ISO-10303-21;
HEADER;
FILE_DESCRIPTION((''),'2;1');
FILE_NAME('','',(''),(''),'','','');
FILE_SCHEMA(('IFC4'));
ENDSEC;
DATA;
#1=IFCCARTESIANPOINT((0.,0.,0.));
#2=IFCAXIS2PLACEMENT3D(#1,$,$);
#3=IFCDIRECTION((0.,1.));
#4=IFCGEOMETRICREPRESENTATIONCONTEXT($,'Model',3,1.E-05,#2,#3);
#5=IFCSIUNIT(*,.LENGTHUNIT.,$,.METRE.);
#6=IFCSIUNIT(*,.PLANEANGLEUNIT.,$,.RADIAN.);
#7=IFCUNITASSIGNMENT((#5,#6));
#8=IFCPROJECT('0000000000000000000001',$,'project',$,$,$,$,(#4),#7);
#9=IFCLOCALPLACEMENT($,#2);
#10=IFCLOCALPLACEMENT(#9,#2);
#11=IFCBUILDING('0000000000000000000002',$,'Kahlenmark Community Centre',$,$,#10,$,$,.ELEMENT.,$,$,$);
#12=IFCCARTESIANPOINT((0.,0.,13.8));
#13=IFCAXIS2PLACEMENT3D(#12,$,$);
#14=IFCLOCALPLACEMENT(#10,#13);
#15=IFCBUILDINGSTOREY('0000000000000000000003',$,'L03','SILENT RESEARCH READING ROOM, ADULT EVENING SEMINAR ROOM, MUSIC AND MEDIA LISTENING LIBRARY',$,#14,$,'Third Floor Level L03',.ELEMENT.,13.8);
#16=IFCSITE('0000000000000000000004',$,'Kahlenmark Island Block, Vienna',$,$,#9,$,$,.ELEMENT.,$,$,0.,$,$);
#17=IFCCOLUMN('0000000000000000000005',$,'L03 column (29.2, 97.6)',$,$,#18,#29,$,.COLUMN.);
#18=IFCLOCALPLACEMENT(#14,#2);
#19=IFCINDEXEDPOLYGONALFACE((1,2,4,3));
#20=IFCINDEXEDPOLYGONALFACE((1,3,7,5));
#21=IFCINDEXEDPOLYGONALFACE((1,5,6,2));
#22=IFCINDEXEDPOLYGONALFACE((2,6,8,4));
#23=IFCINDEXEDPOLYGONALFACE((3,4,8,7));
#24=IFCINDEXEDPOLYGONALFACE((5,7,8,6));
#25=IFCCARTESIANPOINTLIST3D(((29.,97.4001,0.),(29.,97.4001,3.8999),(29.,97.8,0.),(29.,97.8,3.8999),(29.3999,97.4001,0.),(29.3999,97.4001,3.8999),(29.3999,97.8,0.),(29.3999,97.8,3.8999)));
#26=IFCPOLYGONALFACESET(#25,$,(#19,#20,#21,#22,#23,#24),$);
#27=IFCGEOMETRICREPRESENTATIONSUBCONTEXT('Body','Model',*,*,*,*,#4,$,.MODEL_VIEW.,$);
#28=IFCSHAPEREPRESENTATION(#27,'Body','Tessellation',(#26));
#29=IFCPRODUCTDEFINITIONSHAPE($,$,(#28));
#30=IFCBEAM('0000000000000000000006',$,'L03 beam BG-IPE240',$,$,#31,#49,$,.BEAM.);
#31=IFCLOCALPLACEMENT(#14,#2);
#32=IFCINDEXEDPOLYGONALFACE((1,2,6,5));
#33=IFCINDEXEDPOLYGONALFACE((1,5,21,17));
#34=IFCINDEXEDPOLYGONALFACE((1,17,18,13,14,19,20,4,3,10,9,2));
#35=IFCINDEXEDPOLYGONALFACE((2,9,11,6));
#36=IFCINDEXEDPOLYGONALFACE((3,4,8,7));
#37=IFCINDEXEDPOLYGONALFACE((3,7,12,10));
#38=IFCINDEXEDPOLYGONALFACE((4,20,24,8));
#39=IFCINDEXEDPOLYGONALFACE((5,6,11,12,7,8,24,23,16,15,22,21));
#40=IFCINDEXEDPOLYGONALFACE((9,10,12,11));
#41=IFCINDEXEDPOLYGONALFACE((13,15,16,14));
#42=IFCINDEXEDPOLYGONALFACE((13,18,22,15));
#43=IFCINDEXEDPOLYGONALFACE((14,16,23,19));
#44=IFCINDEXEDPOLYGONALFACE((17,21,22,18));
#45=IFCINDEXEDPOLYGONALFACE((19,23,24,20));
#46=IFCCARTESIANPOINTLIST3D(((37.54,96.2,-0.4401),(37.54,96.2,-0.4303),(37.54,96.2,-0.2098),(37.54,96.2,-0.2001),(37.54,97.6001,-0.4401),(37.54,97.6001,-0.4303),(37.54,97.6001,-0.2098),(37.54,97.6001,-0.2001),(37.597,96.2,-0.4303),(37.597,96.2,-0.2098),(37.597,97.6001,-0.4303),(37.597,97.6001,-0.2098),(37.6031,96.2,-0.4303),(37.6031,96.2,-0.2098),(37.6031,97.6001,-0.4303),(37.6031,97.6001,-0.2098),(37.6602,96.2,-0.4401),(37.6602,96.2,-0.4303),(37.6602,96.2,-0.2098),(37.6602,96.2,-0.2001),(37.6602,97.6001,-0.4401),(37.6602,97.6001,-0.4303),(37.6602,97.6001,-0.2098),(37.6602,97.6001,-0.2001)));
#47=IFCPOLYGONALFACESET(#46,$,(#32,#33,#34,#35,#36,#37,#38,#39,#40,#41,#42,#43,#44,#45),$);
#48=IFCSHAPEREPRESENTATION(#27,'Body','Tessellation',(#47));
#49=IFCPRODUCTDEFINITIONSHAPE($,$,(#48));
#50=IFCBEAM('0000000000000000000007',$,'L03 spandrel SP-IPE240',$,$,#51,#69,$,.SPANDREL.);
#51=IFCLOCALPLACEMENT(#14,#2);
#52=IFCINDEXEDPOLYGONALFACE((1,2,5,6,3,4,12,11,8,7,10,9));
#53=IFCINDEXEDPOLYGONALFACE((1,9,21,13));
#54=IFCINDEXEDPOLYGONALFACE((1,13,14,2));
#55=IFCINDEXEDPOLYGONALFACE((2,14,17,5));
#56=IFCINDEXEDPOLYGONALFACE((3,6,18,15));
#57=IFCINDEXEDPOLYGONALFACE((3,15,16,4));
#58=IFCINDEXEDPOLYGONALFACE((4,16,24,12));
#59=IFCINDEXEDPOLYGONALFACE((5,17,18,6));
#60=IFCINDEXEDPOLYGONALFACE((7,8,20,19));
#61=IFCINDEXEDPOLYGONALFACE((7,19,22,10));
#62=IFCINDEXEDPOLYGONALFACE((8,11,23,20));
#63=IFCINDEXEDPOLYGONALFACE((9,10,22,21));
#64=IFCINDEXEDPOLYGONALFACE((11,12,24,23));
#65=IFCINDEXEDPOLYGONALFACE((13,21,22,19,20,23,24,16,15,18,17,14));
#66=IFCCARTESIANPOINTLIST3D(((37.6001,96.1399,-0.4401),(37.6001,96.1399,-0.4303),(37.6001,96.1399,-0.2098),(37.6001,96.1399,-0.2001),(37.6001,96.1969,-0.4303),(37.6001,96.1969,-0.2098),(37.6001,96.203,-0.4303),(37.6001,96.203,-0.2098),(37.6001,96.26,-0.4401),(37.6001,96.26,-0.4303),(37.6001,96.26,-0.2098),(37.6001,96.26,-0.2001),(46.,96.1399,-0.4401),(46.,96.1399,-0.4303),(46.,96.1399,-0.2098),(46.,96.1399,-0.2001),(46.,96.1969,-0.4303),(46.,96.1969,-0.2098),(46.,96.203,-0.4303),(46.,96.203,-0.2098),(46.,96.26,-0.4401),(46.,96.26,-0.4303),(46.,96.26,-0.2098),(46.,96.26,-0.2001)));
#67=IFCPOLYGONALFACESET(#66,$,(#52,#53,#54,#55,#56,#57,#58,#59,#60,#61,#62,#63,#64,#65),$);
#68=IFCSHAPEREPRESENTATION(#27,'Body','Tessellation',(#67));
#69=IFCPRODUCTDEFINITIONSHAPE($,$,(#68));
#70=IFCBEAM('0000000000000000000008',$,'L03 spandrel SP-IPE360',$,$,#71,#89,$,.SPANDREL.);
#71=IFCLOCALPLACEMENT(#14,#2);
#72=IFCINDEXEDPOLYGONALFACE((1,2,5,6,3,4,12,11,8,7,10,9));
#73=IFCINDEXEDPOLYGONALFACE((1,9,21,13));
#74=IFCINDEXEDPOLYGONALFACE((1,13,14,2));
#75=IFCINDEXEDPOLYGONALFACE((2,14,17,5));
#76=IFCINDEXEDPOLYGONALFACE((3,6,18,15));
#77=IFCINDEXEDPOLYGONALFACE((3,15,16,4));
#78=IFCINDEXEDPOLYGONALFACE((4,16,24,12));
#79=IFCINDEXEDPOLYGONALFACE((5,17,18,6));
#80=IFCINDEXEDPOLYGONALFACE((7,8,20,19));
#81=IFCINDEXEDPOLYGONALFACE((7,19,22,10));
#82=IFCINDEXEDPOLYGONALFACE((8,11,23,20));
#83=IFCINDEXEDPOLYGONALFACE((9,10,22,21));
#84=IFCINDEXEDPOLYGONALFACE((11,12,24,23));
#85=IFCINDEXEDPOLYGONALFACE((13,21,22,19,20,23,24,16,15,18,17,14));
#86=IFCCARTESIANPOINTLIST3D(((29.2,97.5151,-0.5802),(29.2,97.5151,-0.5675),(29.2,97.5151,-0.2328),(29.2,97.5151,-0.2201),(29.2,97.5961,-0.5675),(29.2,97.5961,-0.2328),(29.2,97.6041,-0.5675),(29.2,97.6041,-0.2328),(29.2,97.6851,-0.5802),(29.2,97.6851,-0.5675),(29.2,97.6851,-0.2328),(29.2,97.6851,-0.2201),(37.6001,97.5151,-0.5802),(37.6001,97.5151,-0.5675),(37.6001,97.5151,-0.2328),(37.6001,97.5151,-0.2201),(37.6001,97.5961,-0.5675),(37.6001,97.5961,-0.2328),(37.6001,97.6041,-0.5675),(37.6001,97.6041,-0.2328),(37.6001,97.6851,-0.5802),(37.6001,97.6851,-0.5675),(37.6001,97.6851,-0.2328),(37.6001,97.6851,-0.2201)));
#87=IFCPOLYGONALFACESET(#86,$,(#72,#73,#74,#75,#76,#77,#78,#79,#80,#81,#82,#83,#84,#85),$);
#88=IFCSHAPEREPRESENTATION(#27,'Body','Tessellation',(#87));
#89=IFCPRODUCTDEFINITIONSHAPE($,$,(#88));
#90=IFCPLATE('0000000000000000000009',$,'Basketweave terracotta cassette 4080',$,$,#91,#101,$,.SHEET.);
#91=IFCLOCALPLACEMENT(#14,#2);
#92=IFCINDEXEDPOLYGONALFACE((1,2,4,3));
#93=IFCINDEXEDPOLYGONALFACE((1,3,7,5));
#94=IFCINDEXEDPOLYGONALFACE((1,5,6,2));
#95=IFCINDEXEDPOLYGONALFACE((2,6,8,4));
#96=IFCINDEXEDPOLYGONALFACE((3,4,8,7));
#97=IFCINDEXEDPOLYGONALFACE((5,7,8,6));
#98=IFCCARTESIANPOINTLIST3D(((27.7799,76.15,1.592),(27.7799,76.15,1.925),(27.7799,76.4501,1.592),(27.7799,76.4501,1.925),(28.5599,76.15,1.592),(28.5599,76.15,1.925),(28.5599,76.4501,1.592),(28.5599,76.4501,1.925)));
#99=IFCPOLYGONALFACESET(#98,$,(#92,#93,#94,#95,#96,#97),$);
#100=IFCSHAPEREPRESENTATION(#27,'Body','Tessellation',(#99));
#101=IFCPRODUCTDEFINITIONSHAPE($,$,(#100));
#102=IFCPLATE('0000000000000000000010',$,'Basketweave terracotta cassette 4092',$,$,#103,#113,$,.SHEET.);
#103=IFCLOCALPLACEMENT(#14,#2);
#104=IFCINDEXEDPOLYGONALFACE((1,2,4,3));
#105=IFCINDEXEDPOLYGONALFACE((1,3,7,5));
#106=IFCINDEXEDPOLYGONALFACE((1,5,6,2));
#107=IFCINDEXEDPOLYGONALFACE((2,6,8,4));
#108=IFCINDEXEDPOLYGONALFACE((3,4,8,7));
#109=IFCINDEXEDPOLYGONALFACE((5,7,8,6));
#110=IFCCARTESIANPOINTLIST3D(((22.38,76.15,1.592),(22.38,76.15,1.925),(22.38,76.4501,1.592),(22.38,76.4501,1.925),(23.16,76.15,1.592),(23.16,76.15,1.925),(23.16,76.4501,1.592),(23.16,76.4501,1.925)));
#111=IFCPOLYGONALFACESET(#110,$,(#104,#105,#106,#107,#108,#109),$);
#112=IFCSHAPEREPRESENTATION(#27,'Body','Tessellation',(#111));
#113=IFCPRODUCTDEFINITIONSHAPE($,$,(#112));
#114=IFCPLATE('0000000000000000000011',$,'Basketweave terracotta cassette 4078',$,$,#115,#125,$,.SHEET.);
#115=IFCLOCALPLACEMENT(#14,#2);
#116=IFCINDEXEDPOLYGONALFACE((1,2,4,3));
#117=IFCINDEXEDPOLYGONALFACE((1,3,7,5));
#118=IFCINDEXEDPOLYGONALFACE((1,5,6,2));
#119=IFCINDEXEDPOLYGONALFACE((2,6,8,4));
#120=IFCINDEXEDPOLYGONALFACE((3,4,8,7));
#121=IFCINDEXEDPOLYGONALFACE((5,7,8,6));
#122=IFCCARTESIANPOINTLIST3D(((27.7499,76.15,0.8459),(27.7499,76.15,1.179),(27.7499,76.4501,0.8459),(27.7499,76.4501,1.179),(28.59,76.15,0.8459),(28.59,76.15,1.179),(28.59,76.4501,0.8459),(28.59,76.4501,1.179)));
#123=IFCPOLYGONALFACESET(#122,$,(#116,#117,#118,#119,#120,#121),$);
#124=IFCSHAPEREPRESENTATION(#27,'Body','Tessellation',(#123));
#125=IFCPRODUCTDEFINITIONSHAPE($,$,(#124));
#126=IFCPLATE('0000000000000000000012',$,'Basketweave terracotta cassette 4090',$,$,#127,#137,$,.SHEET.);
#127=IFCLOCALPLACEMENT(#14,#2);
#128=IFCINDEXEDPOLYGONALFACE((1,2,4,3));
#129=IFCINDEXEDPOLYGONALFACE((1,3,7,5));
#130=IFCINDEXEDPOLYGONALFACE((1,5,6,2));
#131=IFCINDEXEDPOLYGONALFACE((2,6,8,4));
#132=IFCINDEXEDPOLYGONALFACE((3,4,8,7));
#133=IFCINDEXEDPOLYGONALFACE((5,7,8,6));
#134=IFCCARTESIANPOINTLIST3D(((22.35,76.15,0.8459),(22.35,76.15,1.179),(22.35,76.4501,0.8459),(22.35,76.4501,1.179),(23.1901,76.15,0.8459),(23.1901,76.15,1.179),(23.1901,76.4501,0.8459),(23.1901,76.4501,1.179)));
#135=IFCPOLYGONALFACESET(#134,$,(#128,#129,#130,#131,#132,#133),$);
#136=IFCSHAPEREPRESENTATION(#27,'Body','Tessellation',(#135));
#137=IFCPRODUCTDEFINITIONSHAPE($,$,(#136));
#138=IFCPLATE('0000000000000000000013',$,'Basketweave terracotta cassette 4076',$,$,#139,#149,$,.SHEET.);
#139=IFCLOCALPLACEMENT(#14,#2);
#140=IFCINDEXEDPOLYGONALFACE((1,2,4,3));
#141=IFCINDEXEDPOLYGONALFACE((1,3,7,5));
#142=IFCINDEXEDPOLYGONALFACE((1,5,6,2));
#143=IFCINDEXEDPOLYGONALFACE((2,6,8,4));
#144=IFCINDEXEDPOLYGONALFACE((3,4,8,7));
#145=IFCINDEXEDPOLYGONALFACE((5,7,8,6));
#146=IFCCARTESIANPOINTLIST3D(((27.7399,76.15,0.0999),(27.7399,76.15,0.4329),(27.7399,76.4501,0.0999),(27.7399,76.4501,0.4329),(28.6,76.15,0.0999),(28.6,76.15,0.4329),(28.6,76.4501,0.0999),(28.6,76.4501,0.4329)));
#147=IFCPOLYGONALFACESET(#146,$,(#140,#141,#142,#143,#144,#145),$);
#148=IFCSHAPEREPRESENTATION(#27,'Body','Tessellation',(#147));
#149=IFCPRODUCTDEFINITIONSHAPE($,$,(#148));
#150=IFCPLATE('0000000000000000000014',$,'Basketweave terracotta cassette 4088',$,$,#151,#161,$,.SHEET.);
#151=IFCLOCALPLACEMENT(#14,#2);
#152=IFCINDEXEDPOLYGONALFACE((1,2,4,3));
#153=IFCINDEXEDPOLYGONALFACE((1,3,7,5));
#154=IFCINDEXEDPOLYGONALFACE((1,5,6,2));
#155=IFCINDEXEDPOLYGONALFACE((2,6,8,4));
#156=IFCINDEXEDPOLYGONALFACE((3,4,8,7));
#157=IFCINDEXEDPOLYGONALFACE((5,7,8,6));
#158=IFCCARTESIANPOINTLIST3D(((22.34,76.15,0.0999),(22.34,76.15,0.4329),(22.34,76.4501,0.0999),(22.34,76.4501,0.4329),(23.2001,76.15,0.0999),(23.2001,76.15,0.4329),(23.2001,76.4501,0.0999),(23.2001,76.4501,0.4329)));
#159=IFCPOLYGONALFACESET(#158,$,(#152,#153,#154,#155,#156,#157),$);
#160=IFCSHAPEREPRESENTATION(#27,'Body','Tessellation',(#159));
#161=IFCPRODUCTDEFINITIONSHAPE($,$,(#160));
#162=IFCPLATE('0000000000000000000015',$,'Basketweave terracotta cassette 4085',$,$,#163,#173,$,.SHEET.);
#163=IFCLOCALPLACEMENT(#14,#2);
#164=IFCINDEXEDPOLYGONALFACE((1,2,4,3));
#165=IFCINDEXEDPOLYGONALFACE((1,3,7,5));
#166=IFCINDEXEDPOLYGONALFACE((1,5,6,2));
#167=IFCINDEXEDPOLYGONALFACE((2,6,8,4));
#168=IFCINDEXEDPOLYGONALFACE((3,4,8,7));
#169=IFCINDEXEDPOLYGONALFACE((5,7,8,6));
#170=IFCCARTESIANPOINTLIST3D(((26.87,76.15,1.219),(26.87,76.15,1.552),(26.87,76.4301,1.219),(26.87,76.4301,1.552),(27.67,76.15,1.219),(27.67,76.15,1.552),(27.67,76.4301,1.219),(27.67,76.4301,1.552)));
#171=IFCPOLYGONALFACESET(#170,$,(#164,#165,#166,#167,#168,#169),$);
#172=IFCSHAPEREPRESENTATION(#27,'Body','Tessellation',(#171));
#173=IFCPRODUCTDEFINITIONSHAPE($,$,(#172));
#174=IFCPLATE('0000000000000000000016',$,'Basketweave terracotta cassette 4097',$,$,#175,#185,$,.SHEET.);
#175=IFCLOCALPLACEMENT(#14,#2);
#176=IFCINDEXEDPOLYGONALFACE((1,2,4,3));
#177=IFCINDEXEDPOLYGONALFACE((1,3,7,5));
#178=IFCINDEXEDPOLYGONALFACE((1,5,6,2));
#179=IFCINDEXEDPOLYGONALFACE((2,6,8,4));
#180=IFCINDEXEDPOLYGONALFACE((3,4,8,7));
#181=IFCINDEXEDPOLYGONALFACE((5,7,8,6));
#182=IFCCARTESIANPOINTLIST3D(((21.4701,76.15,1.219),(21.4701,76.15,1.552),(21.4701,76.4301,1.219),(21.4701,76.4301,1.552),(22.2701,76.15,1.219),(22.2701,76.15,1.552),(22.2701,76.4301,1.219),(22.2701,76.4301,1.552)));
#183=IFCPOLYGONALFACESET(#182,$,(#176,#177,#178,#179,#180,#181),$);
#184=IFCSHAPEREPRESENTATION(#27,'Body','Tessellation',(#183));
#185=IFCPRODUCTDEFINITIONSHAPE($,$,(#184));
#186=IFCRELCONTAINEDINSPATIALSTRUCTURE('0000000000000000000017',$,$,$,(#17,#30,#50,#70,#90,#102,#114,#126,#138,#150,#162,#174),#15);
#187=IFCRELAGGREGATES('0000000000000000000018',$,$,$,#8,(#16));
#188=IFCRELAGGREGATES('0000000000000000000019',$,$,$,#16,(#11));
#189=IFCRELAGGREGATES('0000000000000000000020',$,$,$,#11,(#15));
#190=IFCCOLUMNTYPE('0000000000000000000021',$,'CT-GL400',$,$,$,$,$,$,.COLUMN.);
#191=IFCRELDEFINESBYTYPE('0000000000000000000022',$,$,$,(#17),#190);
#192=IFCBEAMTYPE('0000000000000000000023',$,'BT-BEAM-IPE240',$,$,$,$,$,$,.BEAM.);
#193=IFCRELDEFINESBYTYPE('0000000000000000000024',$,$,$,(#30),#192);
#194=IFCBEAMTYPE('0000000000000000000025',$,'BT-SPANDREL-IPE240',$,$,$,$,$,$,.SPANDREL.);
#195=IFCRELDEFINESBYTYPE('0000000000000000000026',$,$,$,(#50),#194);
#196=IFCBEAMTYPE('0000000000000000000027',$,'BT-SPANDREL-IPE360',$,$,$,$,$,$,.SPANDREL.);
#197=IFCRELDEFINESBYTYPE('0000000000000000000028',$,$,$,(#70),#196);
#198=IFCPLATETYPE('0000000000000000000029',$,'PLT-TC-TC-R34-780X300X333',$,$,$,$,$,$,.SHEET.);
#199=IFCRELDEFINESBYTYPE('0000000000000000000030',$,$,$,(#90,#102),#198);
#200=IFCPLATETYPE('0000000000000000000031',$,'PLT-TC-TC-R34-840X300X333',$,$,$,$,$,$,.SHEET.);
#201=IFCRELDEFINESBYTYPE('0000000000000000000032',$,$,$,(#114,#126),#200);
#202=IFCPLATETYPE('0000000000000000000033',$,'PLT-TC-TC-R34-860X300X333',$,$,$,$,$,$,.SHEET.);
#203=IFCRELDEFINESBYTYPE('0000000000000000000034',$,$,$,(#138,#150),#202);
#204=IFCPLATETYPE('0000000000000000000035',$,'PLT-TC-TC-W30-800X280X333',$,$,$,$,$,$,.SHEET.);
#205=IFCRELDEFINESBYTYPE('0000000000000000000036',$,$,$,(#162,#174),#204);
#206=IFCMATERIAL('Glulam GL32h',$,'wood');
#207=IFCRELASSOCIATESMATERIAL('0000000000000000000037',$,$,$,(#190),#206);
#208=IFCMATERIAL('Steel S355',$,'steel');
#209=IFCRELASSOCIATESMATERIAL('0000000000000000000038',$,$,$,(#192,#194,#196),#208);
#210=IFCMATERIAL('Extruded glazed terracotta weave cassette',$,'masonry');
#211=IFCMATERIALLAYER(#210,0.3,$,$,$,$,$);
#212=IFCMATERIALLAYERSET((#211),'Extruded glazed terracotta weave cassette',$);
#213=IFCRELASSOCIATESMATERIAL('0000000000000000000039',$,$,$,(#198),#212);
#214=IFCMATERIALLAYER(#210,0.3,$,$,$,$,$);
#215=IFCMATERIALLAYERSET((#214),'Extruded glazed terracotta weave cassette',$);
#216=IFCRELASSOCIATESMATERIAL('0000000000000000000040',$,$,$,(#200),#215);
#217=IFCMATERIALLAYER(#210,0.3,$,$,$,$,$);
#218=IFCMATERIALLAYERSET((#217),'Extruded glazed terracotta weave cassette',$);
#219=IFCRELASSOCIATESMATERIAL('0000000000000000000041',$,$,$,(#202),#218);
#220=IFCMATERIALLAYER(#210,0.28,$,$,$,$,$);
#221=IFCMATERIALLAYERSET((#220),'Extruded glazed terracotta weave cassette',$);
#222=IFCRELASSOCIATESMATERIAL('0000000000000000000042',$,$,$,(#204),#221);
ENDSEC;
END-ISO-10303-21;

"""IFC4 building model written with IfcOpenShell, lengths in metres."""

from ifc_helpers import new_model, si_unit, direction, frame, origin, origin_2d, place, context, subcontext, project, spatial, rectangle, i_section, extrude, material, layer, layer_set, material_profile, profile_set, type_object, element, save


model = new_model("IFC4")

# Units and contexts
model_context = context("Model", 3, precision=1e-05, world=origin(), true_north=direction((0.0, 1.0)))
body_context = subcontext(model_context, "Body", "Model", "MODEL_VIEW")
ifc_project = project(units=[si_unit("LENGTHUNIT", "METRE"), si_unit("PLANEANGLEUNIT", "RADIAN")], contexts=[model_context])

# Site, building, storey
site_placement = place(None, origin())
site = spatial("IfcSite", under=ifc_project, at=site_placement, Name="Kahlenmark Island Block, Vienna", CompositionType="ELEMENT", RefElevation=0.0)
building_placement = place(site_placement, origin())
building = spatial("IfcBuilding", under=site, at=building_placement, Name="Kahlenmark Community Centre", CompositionType="ELEMENT")
storey_placement = place(building_placement, frame((0.0, 0.0, 13.8)))
storey = spatial("IfcBuildingStorey", under=building, at=storey_placement, Name="L03", Description="SILENT RESEARCH READING ROOM, ADULT EVENING SEMINAR ROOM, MUSIC AND MEDIA LISTENING LIBRARY", LongName="Third Floor Level L03", CompositionType="ELEMENT", Elevation=13.8)

# Column
ifc_material_1 = material(Name="Glulam GL32h", Category="wood")
ifc_material_profile_1 = material_profile(ifc_material_1, rectangle(XDim=0.3999, YDim=0.3999, at=origin_2d()), Name="GL32h 400x400")
ifc_profile_set_1 = profile_set([ifc_material_profile_1], Name="Glulam GL32h")
column_type = type_object("IfcColumnType", Name="CT-GL400", PredefinedType="COLUMN", material=ifc_profile_set_1)
column_placement = place(storey_placement, frame((29.2, 97.6001, 0.0), z_axis=(0.0, 0.0, 1.0), x_axis=(1.0, 0.0, 0.0)))
element("IfcColumn", 1, at=column_placement, inside=storey, type_object=column_type, Name="L03 column (29.2, 97.6)", PredefinedType="COLUMN", context=body_context, shape_type="SweptSolid", body=[
    extrude(rectangle(XDim=0.3999, YDim=0.3999, at=origin_2d()), origin(), (0.0, 0.0, 1.0), 3.8999),
])

# Beams
ifc_material_2 = material(Name="Steel S355", Category="steel")
ifc_material_profile_2 = material_profile(ifc_material_2, i_section(OverallWidth=0.1201, OverallDepth=0.24, WebThickness=0.0061, FlangeThickness=0.0098, at=origin_2d()), Name="IPE 240")
ifc_profile_set_2 = profile_set([ifc_material_profile_2], Name="Steel S355")
beam_type_1 = type_object("IfcBeamType", Name="BT-BEAM-IPE240", PredefinedType="BEAM", material=ifc_profile_set_2)
beam_1_placement = place(storey_placement, frame((37.6001, 96.2, -0.3201), z_axis=(0.0, 1.0, 0.0), x_axis=(-1.0, 0.0, 0.0)))
element("IfcBeam", 2, at=beam_1_placement, inside=storey, type_object=beam_type_1, Name="L03 beam BG-IPE240", PredefinedType="BEAM", context=body_context, shape_type="SweptSolid", body=[
    extrude(i_section(OverallWidth=0.1201, OverallDepth=0.24, WebThickness=0.0061, FlangeThickness=0.0098, at=origin_2d()), origin(), (0.0, 0.0, 1.0), 1.4001),
])
ifc_material_profile_3 = material_profile(ifc_material_2, i_section(OverallWidth=0.1201, OverallDepth=0.24, WebThickness=0.0061, FlangeThickness=0.0098, at=origin_2d()), Name="IPE 240")
ifc_profile_set_3 = profile_set([ifc_material_profile_3], Name="Steel S355")
beam_type_2 = type_object("IfcBeamType", Name="BT-SPANDREL-IPE240", PredefinedType="SPANDREL", material=ifc_profile_set_3)
beam_2_placement = place(storey_placement, frame((37.6001, 96.2, -0.3201), z_axis=(1.0, 0.0, 0.0), x_axis=(0.0, 1.0, 0.0)))
element("IfcBeam", 3, at=beam_2_placement, inside=storey, type_object=beam_type_2, Name="L03 spandrel SP-IPE240", PredefinedType="SPANDREL", context=body_context, shape_type="SweptSolid", body=[
    extrude(i_section(OverallWidth=0.1201, OverallDepth=0.24, WebThickness=0.0061, FlangeThickness=0.0098, at=origin_2d()), origin(), (0.0, 0.0, 1.0), 8.3999),
])
ifc_material_profile_4 = material_profile(ifc_material_2, i_section(OverallWidth=0.1699, OverallDepth=0.3601, WebThickness=0.0081, FlangeThickness=0.0127, at=origin_2d()), Name="IPE 360")
ifc_profile_set_4 = profile_set([ifc_material_profile_4], Name="Steel S355")
beam_type_3 = type_object("IfcBeamType", Name="BT-SPANDREL-IPE360", PredefinedType="SPANDREL", material=ifc_profile_set_4)
beam_3_placement = place(storey_placement, frame((29.2, 97.6001, -0.4001), z_axis=(1.0, 0.0, 0.0), x_axis=(0.0, 1.0, 0.0)))
element("IfcBeam", 4, at=beam_3_placement, inside=storey, type_object=beam_type_3, Name="L03 spandrel SP-IPE360", PredefinedType="SPANDREL", context=body_context, shape_type="SweptSolid", body=[
    extrude(i_section(OverallWidth=0.1699, OverallDepth=0.3601, WebThickness=0.0081, FlangeThickness=0.0127, at=origin_2d()), origin(), (0.0, 0.0, 1.0), 8.4001),
])

# Plates
ifc_material_3 = material(Name="Extruded glazed terracotta weave cassette", Category="masonry")
ifc_layer_1 = layer(ifc_material_3, 0.3)
ifc_layer_set_1 = layer_set([ifc_layer_1], Name="Extruded glazed terracotta weave cassette")
plate_type_1 = type_object("IfcPlateType", Name="PLT-TC-TC-R34-780X300X333", PredefinedType="SHEET", material=ifc_layer_set_1)
for number, where, z_axis, x_axis, name in (
    (5, (28.1699, 76.3, 1.592), (0.0, 0.0, 1.0), (-1.0, 0.0, 0.0), "Basketweave terracotta cassette 4080"),
    (6, (22.77, 76.3, 1.592), (0.0, 0.0, 1.0), (-1.0, 0.0, 0.0), "Basketweave terracotta cassette 4092"),
):
    element("IfcPlate", number, at=place(storey_placement, frame(where, z_axis=z_axis, x_axis=x_axis)), inside=storey, type_object=plate_type_1, Name=name, PredefinedType="SHEET", context=body_context, shape_type="SweptSolid", body=[
        extrude(rectangle(XDim=0.78, YDim=0.3, at=origin_2d()), origin(), (0.0, 0.0, 1.0), 0.333),
    ])
ifc_layer_2 = layer(ifc_material_3, 0.3)
ifc_layer_set_2 = layer_set([ifc_layer_2], Name="Extruded glazed terracotta weave cassette")
plate_type_2 = type_object("IfcPlateType", Name="PLT-TC-TC-R34-840X300X333", PredefinedType="SHEET", material=ifc_layer_set_2)
for number, where, z_axis, x_axis, name in (
    (7, (28.1699, 76.3, 0.8459), (0.0, 0.0, 1.0), (-1.0, 0.0, 0.0), "Basketweave terracotta cassette 4078"),
    (8, (22.77, 76.3, 0.8459), (0.0, 0.0, 1.0), (-1.0, 0.0, 0.0), "Basketweave terracotta cassette 4090"),
):
    element("IfcPlate", number, at=place(storey_placement, frame(where, z_axis=z_axis, x_axis=x_axis)), inside=storey, type_object=plate_type_2, Name=name, PredefinedType="SHEET", context=body_context, shape_type="SweptSolid", body=[
        extrude(rectangle(XDim=0.8401, YDim=0.3, at=origin_2d()), origin(), (0.0, 0.0, 1.0), 0.333),
    ])
ifc_layer_3 = layer(ifc_material_3, 0.3)
ifc_layer_set_3 = layer_set([ifc_layer_3], Name="Extruded glazed terracotta weave cassette")
plate_type_3 = type_object("IfcPlateType", Name="PLT-TC-TC-R34-860X300X333", PredefinedType="SHEET", material=ifc_layer_set_3)
for number, where, z_axis, x_axis, name in (
    (9, (28.1699, 76.3, 0.0999), (0.0, 0.0, 1.0), (-1.0, 0.0, 0.0), "Basketweave terracotta cassette 4076"),
    (10, (22.77, 76.3, 0.0999), (0.0, 0.0, 1.0), (-1.0, 0.0, 0.0), "Basketweave terracotta cassette 4088"),
):
    element("IfcPlate", number, at=place(storey_placement, frame(where, z_axis=z_axis, x_axis=x_axis)), inside=storey, type_object=plate_type_3, Name=name, PredefinedType="SHEET", context=body_context, shape_type="SweptSolid", body=[
        extrude(rectangle(XDim=0.8601, YDim=0.3, at=origin_2d()), origin(), (0.0, 0.0, 1.0), 0.333),
    ])
ifc_layer_4 = layer(ifc_material_3, 0.28)
ifc_layer_set_4 = layer_set([ifc_layer_4], Name="Extruded glazed terracotta weave cassette")
plate_type_4 = type_object("IfcPlateType", Name="PLT-TC-TC-W30-800X280X333", PredefinedType="SHEET", material=ifc_layer_set_4)
for number, where, z_axis, x_axis, name in (
    (11, (27.27, 76.29, 1.219), (0.0, 0.0, 1.0), (-1.0, 0.0, 0.0), "Basketweave terracotta cassette 4085"),
    (12, (21.8701, 76.29, 1.219), (0.0, 0.0, 1.0), (-1.0, 0.0, 0.0), "Basketweave terracotta cassette 4097"),
):
    element("IfcPlate", number, at=place(storey_placement, frame(where, z_axis=z_axis, x_axis=x_axis)), inside=storey, type_object=plate_type_4, Name=name, PredefinedType="SHEET", context=body_context, shape_type="SweptSolid", body=[
        extrude(rectangle(XDim=0.8, YDim=0.28, at=origin_2d()), origin(), (0.0, 0.0, 1.0), 0.333),
    ])

save(model, "model.ifc")
